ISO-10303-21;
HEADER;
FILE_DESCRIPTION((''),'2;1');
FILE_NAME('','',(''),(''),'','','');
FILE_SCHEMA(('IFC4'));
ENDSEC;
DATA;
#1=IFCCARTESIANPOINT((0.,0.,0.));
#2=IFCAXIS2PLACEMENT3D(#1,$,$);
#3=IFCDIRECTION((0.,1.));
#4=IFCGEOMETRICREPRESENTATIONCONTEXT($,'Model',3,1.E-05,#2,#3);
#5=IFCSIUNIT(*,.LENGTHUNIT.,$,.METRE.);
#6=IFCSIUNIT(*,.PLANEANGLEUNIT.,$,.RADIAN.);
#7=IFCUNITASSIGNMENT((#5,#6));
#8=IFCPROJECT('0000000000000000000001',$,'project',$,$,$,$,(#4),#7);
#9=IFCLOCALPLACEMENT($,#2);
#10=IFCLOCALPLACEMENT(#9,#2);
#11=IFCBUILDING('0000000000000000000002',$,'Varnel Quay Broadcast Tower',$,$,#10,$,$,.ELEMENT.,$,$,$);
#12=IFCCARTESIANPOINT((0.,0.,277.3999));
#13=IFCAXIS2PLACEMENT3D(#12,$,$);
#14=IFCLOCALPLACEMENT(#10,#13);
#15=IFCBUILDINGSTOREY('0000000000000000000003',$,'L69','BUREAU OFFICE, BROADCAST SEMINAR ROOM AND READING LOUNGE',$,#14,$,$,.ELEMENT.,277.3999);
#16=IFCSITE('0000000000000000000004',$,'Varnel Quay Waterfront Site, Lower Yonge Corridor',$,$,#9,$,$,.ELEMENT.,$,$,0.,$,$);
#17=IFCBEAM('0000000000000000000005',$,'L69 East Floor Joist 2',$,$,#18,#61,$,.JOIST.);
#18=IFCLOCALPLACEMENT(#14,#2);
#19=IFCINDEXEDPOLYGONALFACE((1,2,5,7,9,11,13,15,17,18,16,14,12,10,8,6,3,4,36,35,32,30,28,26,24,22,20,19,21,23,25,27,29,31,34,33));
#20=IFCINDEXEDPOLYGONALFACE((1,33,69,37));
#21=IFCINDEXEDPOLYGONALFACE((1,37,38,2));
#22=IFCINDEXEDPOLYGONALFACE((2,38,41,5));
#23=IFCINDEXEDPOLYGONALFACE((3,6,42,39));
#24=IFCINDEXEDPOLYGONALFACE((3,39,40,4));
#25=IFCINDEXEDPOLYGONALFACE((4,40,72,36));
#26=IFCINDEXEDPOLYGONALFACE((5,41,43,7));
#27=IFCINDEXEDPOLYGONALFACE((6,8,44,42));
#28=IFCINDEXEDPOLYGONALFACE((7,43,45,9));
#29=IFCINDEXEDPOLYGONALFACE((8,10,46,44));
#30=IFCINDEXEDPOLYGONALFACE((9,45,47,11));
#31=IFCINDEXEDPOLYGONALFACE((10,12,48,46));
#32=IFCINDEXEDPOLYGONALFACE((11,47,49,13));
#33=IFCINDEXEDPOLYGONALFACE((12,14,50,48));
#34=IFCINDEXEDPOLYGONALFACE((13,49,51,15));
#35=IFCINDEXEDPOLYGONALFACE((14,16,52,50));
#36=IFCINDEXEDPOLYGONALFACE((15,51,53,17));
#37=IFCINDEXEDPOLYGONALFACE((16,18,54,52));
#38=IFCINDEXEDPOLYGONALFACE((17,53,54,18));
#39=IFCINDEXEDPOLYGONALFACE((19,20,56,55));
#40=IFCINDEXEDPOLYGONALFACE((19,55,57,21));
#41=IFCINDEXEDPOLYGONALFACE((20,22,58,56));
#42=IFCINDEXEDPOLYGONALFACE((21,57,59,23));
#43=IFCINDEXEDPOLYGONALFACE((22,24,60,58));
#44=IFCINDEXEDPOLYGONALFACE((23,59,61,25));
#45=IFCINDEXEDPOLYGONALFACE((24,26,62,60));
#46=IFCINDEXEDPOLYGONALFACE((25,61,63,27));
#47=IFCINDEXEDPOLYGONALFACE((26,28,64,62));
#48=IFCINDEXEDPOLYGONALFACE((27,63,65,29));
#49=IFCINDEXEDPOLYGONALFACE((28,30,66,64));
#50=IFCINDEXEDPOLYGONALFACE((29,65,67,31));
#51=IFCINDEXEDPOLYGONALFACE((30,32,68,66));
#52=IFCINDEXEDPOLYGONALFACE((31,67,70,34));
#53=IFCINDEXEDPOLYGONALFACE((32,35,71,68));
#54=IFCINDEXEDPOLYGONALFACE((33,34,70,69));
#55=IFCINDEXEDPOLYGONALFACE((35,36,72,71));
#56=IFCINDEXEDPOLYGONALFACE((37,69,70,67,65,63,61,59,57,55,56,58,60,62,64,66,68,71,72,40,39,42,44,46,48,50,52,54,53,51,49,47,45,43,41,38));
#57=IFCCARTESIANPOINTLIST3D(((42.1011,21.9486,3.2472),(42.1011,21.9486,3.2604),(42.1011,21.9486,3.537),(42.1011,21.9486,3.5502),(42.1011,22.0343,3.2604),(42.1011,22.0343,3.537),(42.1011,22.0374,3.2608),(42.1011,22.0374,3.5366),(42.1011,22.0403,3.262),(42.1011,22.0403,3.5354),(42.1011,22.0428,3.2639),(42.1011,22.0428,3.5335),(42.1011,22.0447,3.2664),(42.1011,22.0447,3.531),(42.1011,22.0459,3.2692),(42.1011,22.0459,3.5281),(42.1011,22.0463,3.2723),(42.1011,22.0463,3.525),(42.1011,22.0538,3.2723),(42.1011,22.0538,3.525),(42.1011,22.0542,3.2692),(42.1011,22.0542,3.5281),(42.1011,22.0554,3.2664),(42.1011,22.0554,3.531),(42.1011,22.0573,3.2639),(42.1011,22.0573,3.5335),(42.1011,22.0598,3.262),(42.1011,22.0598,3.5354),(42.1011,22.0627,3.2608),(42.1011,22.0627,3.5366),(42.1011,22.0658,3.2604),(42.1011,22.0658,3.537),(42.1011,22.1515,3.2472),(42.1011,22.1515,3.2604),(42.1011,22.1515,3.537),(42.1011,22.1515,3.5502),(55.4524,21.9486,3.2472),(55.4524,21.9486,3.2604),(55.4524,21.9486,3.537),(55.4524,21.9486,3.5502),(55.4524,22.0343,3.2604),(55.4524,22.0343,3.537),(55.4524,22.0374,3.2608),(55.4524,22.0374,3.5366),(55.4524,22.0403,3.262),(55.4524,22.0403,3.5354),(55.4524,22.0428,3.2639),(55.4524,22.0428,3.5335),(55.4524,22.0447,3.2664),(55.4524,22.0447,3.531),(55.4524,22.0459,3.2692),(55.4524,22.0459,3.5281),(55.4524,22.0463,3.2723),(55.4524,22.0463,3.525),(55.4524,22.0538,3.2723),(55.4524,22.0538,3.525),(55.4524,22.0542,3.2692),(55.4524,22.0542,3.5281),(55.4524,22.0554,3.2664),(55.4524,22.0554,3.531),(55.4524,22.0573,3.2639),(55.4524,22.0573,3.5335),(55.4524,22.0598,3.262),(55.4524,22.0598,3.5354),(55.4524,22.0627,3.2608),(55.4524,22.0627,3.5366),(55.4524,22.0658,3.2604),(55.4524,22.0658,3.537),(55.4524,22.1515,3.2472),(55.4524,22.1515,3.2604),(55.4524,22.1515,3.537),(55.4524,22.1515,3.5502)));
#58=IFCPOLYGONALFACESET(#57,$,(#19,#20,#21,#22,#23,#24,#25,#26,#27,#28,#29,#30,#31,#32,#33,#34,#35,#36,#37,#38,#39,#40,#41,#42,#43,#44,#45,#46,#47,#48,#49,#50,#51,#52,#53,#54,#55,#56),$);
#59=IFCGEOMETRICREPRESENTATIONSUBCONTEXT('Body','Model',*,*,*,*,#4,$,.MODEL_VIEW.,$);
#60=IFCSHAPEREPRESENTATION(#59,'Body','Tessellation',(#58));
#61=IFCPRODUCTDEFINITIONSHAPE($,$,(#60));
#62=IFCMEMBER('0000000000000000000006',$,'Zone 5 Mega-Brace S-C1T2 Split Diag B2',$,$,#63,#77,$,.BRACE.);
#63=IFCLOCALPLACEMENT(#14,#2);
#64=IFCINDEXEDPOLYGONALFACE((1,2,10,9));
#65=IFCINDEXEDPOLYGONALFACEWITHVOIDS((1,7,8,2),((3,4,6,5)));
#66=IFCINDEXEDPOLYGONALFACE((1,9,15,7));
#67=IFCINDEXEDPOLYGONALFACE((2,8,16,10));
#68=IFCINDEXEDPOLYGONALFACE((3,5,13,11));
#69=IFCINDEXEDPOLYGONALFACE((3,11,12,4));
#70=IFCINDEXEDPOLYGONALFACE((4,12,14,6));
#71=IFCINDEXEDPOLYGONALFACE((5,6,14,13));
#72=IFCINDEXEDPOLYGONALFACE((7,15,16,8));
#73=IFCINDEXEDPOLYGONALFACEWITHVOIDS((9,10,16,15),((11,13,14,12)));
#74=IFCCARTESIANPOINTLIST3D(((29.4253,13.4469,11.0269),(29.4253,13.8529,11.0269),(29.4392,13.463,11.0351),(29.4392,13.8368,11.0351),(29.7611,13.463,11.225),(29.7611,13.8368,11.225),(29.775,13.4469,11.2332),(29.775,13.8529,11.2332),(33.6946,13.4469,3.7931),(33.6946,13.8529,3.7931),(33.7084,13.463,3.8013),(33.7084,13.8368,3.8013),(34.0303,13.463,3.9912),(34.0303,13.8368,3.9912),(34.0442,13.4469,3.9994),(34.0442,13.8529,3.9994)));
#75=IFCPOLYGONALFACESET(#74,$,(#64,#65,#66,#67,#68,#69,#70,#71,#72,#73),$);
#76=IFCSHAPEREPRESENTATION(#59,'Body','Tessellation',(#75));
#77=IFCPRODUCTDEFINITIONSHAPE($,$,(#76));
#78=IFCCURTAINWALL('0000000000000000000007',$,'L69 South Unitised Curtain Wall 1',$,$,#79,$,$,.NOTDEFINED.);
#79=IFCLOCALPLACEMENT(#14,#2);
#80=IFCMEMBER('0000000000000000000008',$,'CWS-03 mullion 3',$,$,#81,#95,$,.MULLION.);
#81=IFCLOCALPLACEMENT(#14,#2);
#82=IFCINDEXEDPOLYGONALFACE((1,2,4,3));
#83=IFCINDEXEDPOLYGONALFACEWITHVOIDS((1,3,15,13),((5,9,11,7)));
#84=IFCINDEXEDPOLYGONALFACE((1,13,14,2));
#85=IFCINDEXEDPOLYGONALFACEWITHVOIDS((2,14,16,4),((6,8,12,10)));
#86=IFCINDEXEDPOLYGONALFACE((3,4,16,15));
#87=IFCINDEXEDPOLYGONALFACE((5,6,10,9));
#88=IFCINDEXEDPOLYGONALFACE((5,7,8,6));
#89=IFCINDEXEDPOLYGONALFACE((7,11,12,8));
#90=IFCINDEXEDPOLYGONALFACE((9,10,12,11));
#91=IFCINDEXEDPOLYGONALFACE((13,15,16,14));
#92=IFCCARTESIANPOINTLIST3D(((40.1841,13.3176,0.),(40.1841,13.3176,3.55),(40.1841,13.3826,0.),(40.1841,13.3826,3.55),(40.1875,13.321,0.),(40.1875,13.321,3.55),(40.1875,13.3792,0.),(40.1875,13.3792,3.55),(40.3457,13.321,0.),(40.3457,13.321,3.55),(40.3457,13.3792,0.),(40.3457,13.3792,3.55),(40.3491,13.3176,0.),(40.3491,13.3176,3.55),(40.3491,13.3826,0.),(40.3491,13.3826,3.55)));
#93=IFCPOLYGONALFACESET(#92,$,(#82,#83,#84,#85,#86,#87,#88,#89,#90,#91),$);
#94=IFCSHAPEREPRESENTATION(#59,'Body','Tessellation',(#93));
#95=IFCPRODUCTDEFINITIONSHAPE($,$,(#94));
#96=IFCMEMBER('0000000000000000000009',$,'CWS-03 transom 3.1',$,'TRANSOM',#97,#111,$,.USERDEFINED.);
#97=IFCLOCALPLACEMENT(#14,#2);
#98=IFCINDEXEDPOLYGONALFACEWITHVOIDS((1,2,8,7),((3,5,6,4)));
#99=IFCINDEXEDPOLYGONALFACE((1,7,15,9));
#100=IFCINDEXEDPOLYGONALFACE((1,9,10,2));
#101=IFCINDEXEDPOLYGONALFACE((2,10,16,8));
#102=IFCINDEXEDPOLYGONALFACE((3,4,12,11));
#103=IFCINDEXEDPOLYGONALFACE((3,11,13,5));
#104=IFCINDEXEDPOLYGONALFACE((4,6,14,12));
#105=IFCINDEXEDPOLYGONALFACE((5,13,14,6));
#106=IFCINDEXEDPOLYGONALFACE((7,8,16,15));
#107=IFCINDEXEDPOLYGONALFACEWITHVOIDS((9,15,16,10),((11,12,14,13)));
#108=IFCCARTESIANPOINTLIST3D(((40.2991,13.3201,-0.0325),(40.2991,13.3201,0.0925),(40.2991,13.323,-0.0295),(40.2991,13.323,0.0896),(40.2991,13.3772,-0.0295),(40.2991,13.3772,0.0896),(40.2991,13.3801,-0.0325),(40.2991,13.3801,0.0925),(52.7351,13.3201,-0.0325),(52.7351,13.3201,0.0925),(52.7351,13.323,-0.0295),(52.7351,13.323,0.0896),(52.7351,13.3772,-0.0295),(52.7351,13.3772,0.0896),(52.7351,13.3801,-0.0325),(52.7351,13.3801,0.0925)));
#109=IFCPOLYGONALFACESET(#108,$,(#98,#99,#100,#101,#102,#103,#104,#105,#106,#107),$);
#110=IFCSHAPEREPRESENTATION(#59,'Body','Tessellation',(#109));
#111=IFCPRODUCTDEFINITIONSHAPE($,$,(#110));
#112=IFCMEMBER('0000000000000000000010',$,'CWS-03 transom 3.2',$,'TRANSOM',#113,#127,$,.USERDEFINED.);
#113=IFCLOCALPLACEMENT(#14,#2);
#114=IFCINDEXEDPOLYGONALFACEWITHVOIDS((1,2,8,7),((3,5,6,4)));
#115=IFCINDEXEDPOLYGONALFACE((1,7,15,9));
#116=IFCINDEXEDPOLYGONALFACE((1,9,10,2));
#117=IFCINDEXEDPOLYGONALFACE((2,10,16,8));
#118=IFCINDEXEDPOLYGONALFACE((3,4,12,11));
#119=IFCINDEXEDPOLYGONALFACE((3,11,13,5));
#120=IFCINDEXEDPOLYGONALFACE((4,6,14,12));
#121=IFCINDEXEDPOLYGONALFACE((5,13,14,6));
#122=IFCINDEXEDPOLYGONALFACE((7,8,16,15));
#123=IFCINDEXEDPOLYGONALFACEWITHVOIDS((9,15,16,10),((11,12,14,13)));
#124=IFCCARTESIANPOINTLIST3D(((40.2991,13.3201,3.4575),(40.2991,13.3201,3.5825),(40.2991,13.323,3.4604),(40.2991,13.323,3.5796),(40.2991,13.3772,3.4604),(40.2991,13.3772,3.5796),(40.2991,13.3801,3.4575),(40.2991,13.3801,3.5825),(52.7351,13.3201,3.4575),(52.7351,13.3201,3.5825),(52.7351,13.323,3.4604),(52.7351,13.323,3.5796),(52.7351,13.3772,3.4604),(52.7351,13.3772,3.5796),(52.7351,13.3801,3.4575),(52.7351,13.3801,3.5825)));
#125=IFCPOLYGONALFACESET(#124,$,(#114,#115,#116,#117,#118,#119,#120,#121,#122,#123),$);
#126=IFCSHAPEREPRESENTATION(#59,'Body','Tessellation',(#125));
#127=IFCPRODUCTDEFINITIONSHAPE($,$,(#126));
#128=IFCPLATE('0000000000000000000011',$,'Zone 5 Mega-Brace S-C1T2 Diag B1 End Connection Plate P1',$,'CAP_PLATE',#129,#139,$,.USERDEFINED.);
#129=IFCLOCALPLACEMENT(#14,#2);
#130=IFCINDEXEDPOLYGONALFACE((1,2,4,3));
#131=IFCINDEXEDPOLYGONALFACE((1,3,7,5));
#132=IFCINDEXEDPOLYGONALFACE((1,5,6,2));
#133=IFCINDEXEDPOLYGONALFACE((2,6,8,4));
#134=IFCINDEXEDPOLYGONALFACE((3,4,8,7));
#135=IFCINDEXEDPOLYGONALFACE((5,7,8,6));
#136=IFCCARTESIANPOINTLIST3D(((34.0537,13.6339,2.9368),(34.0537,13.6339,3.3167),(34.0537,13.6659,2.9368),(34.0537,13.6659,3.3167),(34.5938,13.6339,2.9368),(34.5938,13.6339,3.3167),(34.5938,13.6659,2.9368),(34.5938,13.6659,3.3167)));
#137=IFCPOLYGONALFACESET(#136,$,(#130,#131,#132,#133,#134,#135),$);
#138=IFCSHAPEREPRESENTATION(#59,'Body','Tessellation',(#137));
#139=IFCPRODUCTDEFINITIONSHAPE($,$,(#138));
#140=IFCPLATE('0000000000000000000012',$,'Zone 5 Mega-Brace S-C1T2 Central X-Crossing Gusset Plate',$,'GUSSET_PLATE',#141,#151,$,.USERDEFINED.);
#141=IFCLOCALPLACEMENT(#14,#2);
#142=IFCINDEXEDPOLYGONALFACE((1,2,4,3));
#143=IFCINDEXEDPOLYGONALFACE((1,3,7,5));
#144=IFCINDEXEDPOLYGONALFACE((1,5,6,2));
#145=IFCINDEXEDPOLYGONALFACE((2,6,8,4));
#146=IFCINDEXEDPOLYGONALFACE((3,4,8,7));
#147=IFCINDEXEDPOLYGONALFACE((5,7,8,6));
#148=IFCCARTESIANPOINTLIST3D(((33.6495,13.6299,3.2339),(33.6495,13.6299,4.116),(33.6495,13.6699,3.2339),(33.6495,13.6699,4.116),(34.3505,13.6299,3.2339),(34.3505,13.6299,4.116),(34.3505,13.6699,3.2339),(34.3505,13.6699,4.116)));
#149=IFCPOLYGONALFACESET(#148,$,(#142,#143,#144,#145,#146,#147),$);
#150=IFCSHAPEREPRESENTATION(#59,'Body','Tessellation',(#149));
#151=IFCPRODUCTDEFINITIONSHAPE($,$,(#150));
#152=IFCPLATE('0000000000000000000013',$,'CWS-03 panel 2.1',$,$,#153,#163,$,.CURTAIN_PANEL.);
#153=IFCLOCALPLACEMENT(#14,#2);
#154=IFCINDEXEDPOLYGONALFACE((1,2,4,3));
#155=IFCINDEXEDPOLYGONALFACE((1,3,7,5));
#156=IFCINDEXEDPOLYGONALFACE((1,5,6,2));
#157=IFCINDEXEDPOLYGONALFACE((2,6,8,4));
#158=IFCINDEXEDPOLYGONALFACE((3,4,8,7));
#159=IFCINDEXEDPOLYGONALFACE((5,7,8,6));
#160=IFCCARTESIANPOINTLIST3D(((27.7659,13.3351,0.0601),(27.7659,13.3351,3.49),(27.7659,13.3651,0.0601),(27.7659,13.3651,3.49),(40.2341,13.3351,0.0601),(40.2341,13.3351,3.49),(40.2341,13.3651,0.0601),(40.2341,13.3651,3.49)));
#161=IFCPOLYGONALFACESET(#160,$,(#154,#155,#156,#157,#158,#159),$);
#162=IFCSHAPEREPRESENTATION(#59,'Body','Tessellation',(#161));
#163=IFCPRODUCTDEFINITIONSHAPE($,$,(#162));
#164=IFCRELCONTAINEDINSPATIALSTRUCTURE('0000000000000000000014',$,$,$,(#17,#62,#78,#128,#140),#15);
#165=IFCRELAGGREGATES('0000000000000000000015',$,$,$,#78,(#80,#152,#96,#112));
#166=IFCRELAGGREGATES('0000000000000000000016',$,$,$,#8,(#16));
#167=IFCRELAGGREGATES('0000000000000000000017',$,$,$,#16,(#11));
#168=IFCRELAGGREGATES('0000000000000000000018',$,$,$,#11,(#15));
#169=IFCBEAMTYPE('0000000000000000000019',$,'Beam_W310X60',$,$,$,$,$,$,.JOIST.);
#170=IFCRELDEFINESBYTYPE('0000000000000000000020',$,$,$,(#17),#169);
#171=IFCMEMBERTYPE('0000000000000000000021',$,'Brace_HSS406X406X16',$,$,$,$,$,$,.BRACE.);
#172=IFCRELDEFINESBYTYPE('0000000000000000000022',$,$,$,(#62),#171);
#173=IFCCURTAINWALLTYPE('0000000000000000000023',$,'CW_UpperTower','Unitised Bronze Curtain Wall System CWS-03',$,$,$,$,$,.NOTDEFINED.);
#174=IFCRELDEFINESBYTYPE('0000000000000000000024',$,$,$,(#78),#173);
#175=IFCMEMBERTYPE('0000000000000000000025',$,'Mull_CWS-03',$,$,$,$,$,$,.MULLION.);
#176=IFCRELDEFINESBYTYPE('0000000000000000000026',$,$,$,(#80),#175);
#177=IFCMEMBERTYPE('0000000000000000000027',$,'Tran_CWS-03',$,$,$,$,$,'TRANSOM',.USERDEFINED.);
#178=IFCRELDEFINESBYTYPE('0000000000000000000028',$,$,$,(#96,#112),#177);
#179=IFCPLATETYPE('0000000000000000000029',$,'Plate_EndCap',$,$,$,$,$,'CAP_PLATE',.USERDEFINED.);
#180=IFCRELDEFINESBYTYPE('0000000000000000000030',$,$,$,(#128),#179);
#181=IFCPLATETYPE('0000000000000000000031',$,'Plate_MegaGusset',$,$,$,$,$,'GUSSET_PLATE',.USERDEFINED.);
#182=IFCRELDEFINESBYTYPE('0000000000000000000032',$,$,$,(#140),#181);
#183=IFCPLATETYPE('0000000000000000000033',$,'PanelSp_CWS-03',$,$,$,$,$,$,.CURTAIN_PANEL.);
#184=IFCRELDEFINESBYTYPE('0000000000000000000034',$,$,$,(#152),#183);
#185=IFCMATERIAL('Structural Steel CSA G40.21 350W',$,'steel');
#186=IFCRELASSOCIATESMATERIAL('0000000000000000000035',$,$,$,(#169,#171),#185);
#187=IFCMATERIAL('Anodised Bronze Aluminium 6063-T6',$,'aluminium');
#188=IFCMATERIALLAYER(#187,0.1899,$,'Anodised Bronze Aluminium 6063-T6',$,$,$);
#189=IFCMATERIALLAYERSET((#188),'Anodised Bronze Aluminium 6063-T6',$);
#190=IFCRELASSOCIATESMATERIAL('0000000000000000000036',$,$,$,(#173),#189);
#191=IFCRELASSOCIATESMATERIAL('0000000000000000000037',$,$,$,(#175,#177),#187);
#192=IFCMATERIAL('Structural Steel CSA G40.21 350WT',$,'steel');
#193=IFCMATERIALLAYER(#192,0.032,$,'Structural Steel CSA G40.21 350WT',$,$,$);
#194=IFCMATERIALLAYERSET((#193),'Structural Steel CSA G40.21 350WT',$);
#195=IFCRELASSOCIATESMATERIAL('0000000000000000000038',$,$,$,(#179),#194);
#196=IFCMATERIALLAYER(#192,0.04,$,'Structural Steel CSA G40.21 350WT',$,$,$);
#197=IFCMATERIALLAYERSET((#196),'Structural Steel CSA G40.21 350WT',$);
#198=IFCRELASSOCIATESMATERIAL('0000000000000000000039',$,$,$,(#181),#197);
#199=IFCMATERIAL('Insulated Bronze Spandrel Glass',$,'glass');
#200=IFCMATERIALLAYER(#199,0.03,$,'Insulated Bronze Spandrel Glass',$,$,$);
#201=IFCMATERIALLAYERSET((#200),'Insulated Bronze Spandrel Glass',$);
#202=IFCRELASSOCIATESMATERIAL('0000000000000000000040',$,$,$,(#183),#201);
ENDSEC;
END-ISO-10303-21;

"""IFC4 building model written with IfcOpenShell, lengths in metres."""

from ifc_helpers import new_model, si_unit, direction, frame, origin, origin_2d, place, context, subcontext, project, spatial, rectangle, hollow_rectangle, i_section, extrude, source, transform, mapped, material, layer, layer_set, material_profile, profile_set, type_object, type_shapes, element, aggregate, save


model = new_model("IFC4")

# Units and contexts
model_context = context("Model", 3, precision=1e-05, world=origin(), true_north=direction((0.0, 1.0)))
body_context = subcontext(model_context, "Body", "Model", "MODEL_VIEW")
ifc_project = project(units=[si_unit("LENGTHUNIT", "METRE"), si_unit("PLANEANGLEUNIT", "RADIAN")], contexts=[model_context])

# Site, building, storey
site_placement = place(None, origin())
site = spatial("IfcSite", under=ifc_project, at=site_placement, Name="Varnel Quay Waterfront Site, Lower Yonge Corridor", CompositionType="ELEMENT", RefElevation=0.0)
building_placement = place(site_placement, origin())
building = spatial("IfcBuilding", under=site, at=building_placement, Name="Varnel Quay Broadcast Tower", CompositionType="ELEMENT")
storey_placement = place(building_placement, frame((0.0, 0.0, 277.3999)))
storey = spatial("IfcBuildingStorey", under=building, at=storey_placement, Name="L69", Description="BUREAU OFFICE, BROADCAST SEMINAR ROOM AND READING LOUNGE", CompositionType="ELEMENT", Elevation=277.3999)

# Shared definitions
ifc_material_1 = material(Name="Structural Steel CSA G40.21 350W", Category="steel")

# Beam
ifc_material_profile_1 = material_profile(ifc_material_1, i_section(OverallWidth=0.2029, OverallDepth=0.303, WebThickness=0.0076, FlangeThickness=0.0132, FilletRadius=0.012, at=origin_2d()), Name="W310X60")
ifc_profile_set_1 = profile_set([ifc_material_profile_1], Name="Structural Steel CSA G40.21 350W")
beam_type_1 = type_object("IfcBeamType", Name="Beam_W310X60", PredefinedType="JOIST", material=ifc_profile_set_1)
shared_shape_1 = source(origin(), body_context, "Body", "SweptSolid", [
    extrude(i_section(OverallWidth=0.2029, OverallDepth=0.303, WebThickness=0.0076, FlangeThickness=0.0132, FilletRadius=0.012, at=origin_2d()), origin(), (0.0, 0.0, 1.0), 13.3513),
])
type_shapes(beam_type_1, [shared_shape_1])
beam_1_placement = place(storey_placement, frame((42.1011, 22.05, 3.3987), z_axis=(1.0, 0.0, 0.0), x_axis=(0.0, 1.0, 0.0)))
element("IfcBeam", 1, at=beam_1_placement, inside=storey, type_object=beam_type_1, Name="L69 East Floor Joist 2", PredefinedType="JOIST", context=body_context, shape_type="MappedRepresentation", body=[
    mapped(shared_shape_1, transform((0.0, 0.0, 0.0), x_axis=(1.0, 0.0, 0.0), y_axis=(0.0, 1.0, 0.0), z_axis=(0.0, 0.0, 1.0), scale=1.0)),
])

# Member
ifc_material_profile_2 = material_profile(ifc_material_1, hollow_rectangle(XDim=0.406, YDim=0.406, WallThickness=0.0161, at=origin_2d()), Name="HSS406X406X16")
ifc_profile_set_2 = profile_set([ifc_material_profile_2], Name="Structural Steel CSA G40.21 350W")
member_type_1 = type_object("IfcMemberType", Name="Brace_HSS406X406X16", PredefinedType="BRACE", material=ifc_profile_set_2)
shared_shape_2 = source(origin(), body_context, "Body", "SweptSolid", [
    extrude(hollow_rectangle(XDim=0.406, YDim=0.406, WallThickness=0.0161, at=origin_2d()), origin(), (0.0, 0.0, 1.0), 8.3997),
])
type_shapes(member_type_1, [shared_shape_2])
member_1_placement = place(storey_placement, frame((33.8694, 13.6499, 3.8962), z_axis=(-0.508263, 0.0, 0.861202), x_axis=(0.0, -1.0, 0.0)))
element("IfcMember", 2, at=member_1_placement, inside=storey, type_object=member_type_1, Name="Zone 5 Mega-Brace S-C1T2 Split Diag B2", PredefinedType="BRACE", context=body_context, shape_type="MappedRepresentation", body=[
    mapped(shared_shape_2, transform((0.0, 0.0, 0.0), x_axis=(1.0, 0.0, 0.0), y_axis=(0.0, 1.0, 0.0), z_axis=(0.0, 0.0, 1.0), scale=1.0)),
])

# Curtain wall, members
ifc_material_2 = material(Name="Anodised Bronze Aluminium 6063-T6", Category="aluminium")
ifc_layer_1 = layer(ifc_material_2, 0.1899, Name="Anodised Bronze Aluminium 6063-T6")
ifc_layer_set_1 = layer_set([ifc_layer_1], Name="Anodised Bronze Aluminium 6063-T6")
curtain_wall_type = type_object("IfcCurtainWallType", Name="CW_UpperTower", Description="Unitised Bronze Curtain Wall System CWS-03", PredefinedType="NOTDEFINED", material=ifc_layer_set_1)
curtain_wall_placement = place(storey_placement, origin())
curtain_wall = element("IfcCurtainWall", 3, at=curtain_wall_placement, inside=storey, type_object=curtain_wall_type, Name="L69 South Unitised Curtain Wall 1", PredefinedType="NOTDEFINED")
ifc_material_profile_3 = material_profile(ifc_material_2, hollow_rectangle(XDim=0.0649, YDim=0.165, WallThickness=0.0034, at=origin_2d()), Name="ALU65X165X3.5")
ifc_profile_set_3 = profile_set([ifc_material_profile_3], Name="Anodised Bronze Aluminium 6063-T6")
member_type_2 = type_object("IfcMemberType", Name="Mull_CWS-03", PredefinedType="MULLION", material=ifc_profile_set_3)
shared_shape_3 = source(origin(), body_context, "Body", "SweptSolid", [
    extrude(hollow_rectangle(XDim=0.0649, YDim=0.165, WallThickness=0.0034, at=origin_2d()), origin(), (0.0, 0.0, 1.0), 3.55),
])
type_shapes(member_type_2, [shared_shape_3])
member_2_placement = place(storey_placement, frame((40.2666, 13.3501, 0.0), z_axis=(0.0, 0.0, 1.0), x_axis=(0.0, 1.0, 0.0)))
member_2 = element("IfcMember", 4, at=member_2_placement, type_object=member_type_2, Name="CWS-03 mullion 3", PredefinedType="MULLION", context=body_context, shape_type="MappedRepresentation", body=[
    mapped(shared_shape_3, transform((0.0, 0.0, 0.0), x_axis=(1.0, 0.0, 0.0), y_axis=(0.0, 1.0, 0.0), z_axis=(0.0, 0.0, 1.0), scale=1.0)),
])
ifc_material_profile_4 = material_profile(ifc_material_2, hollow_rectangle(XDim=0.0601, YDim=0.125, WallThickness=0.0029, at=origin_2d()), Name="ALU60X125X3")
ifc_profile_set_4 = profile_set([ifc_material_profile_4], Name="Anodised Bronze Aluminium 6063-T6")
member_type_3 = type_object("IfcMemberType", Name="Tran_CWS-03", ElementType="TRANSOM", PredefinedType="USERDEFINED", material=ifc_profile_set_4)
shared_shape_4 = source(origin(), body_context, "Body", "SweptSolid", [
    extrude(hollow_rectangle(XDim=0.0601, YDim=0.125, WallThickness=0.0029, at=origin_2d()), origin(), (0.0, 0.0, 1.0), 12.436),
])
type_shapes(member_type_3, [shared_shape_4])
member_3_placement = place(storey_placement, frame((40.2991, 13.3501, 0.03), z_axis=(1.0, 0.0, 0.0), x_axis=(0.0, 1.0, 0.0)))
member_3 = element("IfcMember", 5, at=member_3_placement, type_object=member_type_3, Name="CWS-03 transom 3.1", ObjectType="TRANSOM", PredefinedType="USERDEFINED", context=body_context, shape_type="MappedRepresentation", body=[
    mapped(shared_shape_4, transform((0.0, 0.0, 0.0), x_axis=(1.0, 0.0, 0.0), y_axis=(0.0, 1.0, 0.0), z_axis=(0.0, 0.0, 1.0), scale=1.0)),
])
member_4_placement = place(storey_placement, frame((40.2991, 13.3501, 3.52), z_axis=(1.0, 0.0, 0.0), x_axis=(0.0, 1.0, 0.0)))
member_4 = element("IfcMember", 6, at=member_4_placement, type_object=member_type_3, Name="CWS-03 transom 3.2", ObjectType="TRANSOM", PredefinedType="USERDEFINED", context=body_context, shape_type="MappedRepresentation", body=[
    mapped(shared_shape_4, transform((0.0, 0.0, 0.0), x_axis=(1.0, 0.0, 0.0), y_axis=(0.0, 1.0, 0.0), z_axis=(0.0, 0.0, 1.0), scale=1.0)),
])

# Plates
ifc_material_3 = material(Name="Structural Steel CSA G40.21 350WT", Category="steel")
ifc_layer_2 = layer(ifc_material_3, 0.032, Name="Structural Steel CSA G40.21 350WT")
ifc_layer_set_2 = layer_set([ifc_layer_2], Name="Structural Steel CSA G40.21 350WT")
plate_type_1 = type_object("IfcPlateType", Name="Plate_EndCap", ElementType="CAP_PLATE", PredefinedType="USERDEFINED", material=ifc_layer_set_2)
shared_shape_5 = source(origin(), body_context, "Body", "SweptSolid", [
    extrude(rectangle(XDim=0.54, YDim=0.032, at=origin_2d()), origin(), (0.0, 0.0, 1.0), 0.3799),
])
type_shapes(plate_type_1, [shared_shape_5])
plate_1_placement = place(storey_placement, frame((34.3237, 13.6499, 2.9368), z_axis=(0.0, 0.0, 1.0), x_axis=(1.0, 0.0, 0.0)))
element("IfcPlate", 7, at=plate_1_placement, inside=storey, type_object=plate_type_1, Name="Zone 5 Mega-Brace S-C1T2 Diag B1 End Connection Plate P1", ObjectType="CAP_PLATE", PredefinedType="USERDEFINED", context=body_context, shape_type="MappedRepresentation", body=[
    mapped(shared_shape_5, transform((0.0, 0.0, 0.0), x_axis=(1.0, 0.0, 0.0), y_axis=(0.0, 1.0, 0.0), z_axis=(0.0, 0.0, 1.0), scale=1.0)),
])
ifc_layer_3 = layer(ifc_material_3, 0.04, Name="Structural Steel CSA G40.21 350WT")
ifc_layer_set_3 = layer_set([ifc_layer_3], Name="Structural Steel CSA G40.21 350WT")
plate_type_2 = type_object("IfcPlateType", Name="Plate_MegaGusset", ElementType="GUSSET_PLATE", PredefinedType="USERDEFINED", material=ifc_layer_set_3)
shared_shape_6 = source(origin(), body_context, "Body", "SweptSolid", [
    extrude(rectangle(XDim=0.7009, YDim=0.04, at=origin_2d()), origin(), (0.0, 0.0, 1.0), 0.8821),
])
type_shapes(plate_type_2, [shared_shape_6])
plate_2_placement = place(storey_placement, frame((34.0, 13.6499, 3.2339), z_axis=(0.0, 0.0, 1.0), x_axis=(1.0, 0.0, 0.0)))
element("IfcPlate", 8, at=plate_2_placement, inside=storey, type_object=plate_type_2, Name="Zone 5 Mega-Brace S-C1T2 Central X-Crossing Gusset Plate", ObjectType="GUSSET_PLATE", PredefinedType="USERDEFINED", context=body_context, shape_type="MappedRepresentation", body=[
    mapped(shared_shape_6, transform((0.0, 0.0, 0.0), x_axis=(1.0, 0.0, 0.0), y_axis=(0.0, 1.0, 0.0), z_axis=(0.0, 0.0, 1.0), scale=1.0)),
])

# Plate
ifc_material_4 = material(Name="Insulated Bronze Spandrel Glass", Category="glass")
ifc_layer_4 = layer(ifc_material_4, 0.03, Name="Insulated Bronze Spandrel Glass")
ifc_layer_set_4 = layer_set([ifc_layer_4], Name="Insulated Bronze Spandrel Glass")
plate_type_3 = type_object("IfcPlateType", Name="PanelSp_CWS-03", PredefinedType="CURTAIN_PANEL", material=ifc_layer_set_4)
shared_shape_7 = source(origin(), body_context, "Body", "SweptSolid", [
    extrude(rectangle(XDim=12.4683, YDim=0.03, at=origin_2d()), origin(), (0.0, 0.0, 1.0), 3.4299),
])
type_shapes(plate_type_3, [shared_shape_7])
plate_3_placement = place(storey_placement, frame((34.0, 13.3501, 0.0601), z_axis=(0.0, 0.0, 1.0), x_axis=(1.0, 0.0, 0.0)))
plate_3 = element("IfcPlate", 9, at=plate_3_placement, type_object=plate_type_3, Name="CWS-03 panel 2.1", PredefinedType="CURTAIN_PANEL", context=body_context, shape_type="MappedRepresentation", body=[
    mapped(shared_shape_7, transform((0.0, 0.0, 0.0), x_axis=(1.0, 0.0, 0.0), y_axis=(0.0, 1.0, 0.0), z_axis=(0.0, 0.0, 1.0), scale=1.0)),
])
aggregate(curtain_wall, [member_2, plate_3, member_3, member_4])

save(model, "model.ifc")
